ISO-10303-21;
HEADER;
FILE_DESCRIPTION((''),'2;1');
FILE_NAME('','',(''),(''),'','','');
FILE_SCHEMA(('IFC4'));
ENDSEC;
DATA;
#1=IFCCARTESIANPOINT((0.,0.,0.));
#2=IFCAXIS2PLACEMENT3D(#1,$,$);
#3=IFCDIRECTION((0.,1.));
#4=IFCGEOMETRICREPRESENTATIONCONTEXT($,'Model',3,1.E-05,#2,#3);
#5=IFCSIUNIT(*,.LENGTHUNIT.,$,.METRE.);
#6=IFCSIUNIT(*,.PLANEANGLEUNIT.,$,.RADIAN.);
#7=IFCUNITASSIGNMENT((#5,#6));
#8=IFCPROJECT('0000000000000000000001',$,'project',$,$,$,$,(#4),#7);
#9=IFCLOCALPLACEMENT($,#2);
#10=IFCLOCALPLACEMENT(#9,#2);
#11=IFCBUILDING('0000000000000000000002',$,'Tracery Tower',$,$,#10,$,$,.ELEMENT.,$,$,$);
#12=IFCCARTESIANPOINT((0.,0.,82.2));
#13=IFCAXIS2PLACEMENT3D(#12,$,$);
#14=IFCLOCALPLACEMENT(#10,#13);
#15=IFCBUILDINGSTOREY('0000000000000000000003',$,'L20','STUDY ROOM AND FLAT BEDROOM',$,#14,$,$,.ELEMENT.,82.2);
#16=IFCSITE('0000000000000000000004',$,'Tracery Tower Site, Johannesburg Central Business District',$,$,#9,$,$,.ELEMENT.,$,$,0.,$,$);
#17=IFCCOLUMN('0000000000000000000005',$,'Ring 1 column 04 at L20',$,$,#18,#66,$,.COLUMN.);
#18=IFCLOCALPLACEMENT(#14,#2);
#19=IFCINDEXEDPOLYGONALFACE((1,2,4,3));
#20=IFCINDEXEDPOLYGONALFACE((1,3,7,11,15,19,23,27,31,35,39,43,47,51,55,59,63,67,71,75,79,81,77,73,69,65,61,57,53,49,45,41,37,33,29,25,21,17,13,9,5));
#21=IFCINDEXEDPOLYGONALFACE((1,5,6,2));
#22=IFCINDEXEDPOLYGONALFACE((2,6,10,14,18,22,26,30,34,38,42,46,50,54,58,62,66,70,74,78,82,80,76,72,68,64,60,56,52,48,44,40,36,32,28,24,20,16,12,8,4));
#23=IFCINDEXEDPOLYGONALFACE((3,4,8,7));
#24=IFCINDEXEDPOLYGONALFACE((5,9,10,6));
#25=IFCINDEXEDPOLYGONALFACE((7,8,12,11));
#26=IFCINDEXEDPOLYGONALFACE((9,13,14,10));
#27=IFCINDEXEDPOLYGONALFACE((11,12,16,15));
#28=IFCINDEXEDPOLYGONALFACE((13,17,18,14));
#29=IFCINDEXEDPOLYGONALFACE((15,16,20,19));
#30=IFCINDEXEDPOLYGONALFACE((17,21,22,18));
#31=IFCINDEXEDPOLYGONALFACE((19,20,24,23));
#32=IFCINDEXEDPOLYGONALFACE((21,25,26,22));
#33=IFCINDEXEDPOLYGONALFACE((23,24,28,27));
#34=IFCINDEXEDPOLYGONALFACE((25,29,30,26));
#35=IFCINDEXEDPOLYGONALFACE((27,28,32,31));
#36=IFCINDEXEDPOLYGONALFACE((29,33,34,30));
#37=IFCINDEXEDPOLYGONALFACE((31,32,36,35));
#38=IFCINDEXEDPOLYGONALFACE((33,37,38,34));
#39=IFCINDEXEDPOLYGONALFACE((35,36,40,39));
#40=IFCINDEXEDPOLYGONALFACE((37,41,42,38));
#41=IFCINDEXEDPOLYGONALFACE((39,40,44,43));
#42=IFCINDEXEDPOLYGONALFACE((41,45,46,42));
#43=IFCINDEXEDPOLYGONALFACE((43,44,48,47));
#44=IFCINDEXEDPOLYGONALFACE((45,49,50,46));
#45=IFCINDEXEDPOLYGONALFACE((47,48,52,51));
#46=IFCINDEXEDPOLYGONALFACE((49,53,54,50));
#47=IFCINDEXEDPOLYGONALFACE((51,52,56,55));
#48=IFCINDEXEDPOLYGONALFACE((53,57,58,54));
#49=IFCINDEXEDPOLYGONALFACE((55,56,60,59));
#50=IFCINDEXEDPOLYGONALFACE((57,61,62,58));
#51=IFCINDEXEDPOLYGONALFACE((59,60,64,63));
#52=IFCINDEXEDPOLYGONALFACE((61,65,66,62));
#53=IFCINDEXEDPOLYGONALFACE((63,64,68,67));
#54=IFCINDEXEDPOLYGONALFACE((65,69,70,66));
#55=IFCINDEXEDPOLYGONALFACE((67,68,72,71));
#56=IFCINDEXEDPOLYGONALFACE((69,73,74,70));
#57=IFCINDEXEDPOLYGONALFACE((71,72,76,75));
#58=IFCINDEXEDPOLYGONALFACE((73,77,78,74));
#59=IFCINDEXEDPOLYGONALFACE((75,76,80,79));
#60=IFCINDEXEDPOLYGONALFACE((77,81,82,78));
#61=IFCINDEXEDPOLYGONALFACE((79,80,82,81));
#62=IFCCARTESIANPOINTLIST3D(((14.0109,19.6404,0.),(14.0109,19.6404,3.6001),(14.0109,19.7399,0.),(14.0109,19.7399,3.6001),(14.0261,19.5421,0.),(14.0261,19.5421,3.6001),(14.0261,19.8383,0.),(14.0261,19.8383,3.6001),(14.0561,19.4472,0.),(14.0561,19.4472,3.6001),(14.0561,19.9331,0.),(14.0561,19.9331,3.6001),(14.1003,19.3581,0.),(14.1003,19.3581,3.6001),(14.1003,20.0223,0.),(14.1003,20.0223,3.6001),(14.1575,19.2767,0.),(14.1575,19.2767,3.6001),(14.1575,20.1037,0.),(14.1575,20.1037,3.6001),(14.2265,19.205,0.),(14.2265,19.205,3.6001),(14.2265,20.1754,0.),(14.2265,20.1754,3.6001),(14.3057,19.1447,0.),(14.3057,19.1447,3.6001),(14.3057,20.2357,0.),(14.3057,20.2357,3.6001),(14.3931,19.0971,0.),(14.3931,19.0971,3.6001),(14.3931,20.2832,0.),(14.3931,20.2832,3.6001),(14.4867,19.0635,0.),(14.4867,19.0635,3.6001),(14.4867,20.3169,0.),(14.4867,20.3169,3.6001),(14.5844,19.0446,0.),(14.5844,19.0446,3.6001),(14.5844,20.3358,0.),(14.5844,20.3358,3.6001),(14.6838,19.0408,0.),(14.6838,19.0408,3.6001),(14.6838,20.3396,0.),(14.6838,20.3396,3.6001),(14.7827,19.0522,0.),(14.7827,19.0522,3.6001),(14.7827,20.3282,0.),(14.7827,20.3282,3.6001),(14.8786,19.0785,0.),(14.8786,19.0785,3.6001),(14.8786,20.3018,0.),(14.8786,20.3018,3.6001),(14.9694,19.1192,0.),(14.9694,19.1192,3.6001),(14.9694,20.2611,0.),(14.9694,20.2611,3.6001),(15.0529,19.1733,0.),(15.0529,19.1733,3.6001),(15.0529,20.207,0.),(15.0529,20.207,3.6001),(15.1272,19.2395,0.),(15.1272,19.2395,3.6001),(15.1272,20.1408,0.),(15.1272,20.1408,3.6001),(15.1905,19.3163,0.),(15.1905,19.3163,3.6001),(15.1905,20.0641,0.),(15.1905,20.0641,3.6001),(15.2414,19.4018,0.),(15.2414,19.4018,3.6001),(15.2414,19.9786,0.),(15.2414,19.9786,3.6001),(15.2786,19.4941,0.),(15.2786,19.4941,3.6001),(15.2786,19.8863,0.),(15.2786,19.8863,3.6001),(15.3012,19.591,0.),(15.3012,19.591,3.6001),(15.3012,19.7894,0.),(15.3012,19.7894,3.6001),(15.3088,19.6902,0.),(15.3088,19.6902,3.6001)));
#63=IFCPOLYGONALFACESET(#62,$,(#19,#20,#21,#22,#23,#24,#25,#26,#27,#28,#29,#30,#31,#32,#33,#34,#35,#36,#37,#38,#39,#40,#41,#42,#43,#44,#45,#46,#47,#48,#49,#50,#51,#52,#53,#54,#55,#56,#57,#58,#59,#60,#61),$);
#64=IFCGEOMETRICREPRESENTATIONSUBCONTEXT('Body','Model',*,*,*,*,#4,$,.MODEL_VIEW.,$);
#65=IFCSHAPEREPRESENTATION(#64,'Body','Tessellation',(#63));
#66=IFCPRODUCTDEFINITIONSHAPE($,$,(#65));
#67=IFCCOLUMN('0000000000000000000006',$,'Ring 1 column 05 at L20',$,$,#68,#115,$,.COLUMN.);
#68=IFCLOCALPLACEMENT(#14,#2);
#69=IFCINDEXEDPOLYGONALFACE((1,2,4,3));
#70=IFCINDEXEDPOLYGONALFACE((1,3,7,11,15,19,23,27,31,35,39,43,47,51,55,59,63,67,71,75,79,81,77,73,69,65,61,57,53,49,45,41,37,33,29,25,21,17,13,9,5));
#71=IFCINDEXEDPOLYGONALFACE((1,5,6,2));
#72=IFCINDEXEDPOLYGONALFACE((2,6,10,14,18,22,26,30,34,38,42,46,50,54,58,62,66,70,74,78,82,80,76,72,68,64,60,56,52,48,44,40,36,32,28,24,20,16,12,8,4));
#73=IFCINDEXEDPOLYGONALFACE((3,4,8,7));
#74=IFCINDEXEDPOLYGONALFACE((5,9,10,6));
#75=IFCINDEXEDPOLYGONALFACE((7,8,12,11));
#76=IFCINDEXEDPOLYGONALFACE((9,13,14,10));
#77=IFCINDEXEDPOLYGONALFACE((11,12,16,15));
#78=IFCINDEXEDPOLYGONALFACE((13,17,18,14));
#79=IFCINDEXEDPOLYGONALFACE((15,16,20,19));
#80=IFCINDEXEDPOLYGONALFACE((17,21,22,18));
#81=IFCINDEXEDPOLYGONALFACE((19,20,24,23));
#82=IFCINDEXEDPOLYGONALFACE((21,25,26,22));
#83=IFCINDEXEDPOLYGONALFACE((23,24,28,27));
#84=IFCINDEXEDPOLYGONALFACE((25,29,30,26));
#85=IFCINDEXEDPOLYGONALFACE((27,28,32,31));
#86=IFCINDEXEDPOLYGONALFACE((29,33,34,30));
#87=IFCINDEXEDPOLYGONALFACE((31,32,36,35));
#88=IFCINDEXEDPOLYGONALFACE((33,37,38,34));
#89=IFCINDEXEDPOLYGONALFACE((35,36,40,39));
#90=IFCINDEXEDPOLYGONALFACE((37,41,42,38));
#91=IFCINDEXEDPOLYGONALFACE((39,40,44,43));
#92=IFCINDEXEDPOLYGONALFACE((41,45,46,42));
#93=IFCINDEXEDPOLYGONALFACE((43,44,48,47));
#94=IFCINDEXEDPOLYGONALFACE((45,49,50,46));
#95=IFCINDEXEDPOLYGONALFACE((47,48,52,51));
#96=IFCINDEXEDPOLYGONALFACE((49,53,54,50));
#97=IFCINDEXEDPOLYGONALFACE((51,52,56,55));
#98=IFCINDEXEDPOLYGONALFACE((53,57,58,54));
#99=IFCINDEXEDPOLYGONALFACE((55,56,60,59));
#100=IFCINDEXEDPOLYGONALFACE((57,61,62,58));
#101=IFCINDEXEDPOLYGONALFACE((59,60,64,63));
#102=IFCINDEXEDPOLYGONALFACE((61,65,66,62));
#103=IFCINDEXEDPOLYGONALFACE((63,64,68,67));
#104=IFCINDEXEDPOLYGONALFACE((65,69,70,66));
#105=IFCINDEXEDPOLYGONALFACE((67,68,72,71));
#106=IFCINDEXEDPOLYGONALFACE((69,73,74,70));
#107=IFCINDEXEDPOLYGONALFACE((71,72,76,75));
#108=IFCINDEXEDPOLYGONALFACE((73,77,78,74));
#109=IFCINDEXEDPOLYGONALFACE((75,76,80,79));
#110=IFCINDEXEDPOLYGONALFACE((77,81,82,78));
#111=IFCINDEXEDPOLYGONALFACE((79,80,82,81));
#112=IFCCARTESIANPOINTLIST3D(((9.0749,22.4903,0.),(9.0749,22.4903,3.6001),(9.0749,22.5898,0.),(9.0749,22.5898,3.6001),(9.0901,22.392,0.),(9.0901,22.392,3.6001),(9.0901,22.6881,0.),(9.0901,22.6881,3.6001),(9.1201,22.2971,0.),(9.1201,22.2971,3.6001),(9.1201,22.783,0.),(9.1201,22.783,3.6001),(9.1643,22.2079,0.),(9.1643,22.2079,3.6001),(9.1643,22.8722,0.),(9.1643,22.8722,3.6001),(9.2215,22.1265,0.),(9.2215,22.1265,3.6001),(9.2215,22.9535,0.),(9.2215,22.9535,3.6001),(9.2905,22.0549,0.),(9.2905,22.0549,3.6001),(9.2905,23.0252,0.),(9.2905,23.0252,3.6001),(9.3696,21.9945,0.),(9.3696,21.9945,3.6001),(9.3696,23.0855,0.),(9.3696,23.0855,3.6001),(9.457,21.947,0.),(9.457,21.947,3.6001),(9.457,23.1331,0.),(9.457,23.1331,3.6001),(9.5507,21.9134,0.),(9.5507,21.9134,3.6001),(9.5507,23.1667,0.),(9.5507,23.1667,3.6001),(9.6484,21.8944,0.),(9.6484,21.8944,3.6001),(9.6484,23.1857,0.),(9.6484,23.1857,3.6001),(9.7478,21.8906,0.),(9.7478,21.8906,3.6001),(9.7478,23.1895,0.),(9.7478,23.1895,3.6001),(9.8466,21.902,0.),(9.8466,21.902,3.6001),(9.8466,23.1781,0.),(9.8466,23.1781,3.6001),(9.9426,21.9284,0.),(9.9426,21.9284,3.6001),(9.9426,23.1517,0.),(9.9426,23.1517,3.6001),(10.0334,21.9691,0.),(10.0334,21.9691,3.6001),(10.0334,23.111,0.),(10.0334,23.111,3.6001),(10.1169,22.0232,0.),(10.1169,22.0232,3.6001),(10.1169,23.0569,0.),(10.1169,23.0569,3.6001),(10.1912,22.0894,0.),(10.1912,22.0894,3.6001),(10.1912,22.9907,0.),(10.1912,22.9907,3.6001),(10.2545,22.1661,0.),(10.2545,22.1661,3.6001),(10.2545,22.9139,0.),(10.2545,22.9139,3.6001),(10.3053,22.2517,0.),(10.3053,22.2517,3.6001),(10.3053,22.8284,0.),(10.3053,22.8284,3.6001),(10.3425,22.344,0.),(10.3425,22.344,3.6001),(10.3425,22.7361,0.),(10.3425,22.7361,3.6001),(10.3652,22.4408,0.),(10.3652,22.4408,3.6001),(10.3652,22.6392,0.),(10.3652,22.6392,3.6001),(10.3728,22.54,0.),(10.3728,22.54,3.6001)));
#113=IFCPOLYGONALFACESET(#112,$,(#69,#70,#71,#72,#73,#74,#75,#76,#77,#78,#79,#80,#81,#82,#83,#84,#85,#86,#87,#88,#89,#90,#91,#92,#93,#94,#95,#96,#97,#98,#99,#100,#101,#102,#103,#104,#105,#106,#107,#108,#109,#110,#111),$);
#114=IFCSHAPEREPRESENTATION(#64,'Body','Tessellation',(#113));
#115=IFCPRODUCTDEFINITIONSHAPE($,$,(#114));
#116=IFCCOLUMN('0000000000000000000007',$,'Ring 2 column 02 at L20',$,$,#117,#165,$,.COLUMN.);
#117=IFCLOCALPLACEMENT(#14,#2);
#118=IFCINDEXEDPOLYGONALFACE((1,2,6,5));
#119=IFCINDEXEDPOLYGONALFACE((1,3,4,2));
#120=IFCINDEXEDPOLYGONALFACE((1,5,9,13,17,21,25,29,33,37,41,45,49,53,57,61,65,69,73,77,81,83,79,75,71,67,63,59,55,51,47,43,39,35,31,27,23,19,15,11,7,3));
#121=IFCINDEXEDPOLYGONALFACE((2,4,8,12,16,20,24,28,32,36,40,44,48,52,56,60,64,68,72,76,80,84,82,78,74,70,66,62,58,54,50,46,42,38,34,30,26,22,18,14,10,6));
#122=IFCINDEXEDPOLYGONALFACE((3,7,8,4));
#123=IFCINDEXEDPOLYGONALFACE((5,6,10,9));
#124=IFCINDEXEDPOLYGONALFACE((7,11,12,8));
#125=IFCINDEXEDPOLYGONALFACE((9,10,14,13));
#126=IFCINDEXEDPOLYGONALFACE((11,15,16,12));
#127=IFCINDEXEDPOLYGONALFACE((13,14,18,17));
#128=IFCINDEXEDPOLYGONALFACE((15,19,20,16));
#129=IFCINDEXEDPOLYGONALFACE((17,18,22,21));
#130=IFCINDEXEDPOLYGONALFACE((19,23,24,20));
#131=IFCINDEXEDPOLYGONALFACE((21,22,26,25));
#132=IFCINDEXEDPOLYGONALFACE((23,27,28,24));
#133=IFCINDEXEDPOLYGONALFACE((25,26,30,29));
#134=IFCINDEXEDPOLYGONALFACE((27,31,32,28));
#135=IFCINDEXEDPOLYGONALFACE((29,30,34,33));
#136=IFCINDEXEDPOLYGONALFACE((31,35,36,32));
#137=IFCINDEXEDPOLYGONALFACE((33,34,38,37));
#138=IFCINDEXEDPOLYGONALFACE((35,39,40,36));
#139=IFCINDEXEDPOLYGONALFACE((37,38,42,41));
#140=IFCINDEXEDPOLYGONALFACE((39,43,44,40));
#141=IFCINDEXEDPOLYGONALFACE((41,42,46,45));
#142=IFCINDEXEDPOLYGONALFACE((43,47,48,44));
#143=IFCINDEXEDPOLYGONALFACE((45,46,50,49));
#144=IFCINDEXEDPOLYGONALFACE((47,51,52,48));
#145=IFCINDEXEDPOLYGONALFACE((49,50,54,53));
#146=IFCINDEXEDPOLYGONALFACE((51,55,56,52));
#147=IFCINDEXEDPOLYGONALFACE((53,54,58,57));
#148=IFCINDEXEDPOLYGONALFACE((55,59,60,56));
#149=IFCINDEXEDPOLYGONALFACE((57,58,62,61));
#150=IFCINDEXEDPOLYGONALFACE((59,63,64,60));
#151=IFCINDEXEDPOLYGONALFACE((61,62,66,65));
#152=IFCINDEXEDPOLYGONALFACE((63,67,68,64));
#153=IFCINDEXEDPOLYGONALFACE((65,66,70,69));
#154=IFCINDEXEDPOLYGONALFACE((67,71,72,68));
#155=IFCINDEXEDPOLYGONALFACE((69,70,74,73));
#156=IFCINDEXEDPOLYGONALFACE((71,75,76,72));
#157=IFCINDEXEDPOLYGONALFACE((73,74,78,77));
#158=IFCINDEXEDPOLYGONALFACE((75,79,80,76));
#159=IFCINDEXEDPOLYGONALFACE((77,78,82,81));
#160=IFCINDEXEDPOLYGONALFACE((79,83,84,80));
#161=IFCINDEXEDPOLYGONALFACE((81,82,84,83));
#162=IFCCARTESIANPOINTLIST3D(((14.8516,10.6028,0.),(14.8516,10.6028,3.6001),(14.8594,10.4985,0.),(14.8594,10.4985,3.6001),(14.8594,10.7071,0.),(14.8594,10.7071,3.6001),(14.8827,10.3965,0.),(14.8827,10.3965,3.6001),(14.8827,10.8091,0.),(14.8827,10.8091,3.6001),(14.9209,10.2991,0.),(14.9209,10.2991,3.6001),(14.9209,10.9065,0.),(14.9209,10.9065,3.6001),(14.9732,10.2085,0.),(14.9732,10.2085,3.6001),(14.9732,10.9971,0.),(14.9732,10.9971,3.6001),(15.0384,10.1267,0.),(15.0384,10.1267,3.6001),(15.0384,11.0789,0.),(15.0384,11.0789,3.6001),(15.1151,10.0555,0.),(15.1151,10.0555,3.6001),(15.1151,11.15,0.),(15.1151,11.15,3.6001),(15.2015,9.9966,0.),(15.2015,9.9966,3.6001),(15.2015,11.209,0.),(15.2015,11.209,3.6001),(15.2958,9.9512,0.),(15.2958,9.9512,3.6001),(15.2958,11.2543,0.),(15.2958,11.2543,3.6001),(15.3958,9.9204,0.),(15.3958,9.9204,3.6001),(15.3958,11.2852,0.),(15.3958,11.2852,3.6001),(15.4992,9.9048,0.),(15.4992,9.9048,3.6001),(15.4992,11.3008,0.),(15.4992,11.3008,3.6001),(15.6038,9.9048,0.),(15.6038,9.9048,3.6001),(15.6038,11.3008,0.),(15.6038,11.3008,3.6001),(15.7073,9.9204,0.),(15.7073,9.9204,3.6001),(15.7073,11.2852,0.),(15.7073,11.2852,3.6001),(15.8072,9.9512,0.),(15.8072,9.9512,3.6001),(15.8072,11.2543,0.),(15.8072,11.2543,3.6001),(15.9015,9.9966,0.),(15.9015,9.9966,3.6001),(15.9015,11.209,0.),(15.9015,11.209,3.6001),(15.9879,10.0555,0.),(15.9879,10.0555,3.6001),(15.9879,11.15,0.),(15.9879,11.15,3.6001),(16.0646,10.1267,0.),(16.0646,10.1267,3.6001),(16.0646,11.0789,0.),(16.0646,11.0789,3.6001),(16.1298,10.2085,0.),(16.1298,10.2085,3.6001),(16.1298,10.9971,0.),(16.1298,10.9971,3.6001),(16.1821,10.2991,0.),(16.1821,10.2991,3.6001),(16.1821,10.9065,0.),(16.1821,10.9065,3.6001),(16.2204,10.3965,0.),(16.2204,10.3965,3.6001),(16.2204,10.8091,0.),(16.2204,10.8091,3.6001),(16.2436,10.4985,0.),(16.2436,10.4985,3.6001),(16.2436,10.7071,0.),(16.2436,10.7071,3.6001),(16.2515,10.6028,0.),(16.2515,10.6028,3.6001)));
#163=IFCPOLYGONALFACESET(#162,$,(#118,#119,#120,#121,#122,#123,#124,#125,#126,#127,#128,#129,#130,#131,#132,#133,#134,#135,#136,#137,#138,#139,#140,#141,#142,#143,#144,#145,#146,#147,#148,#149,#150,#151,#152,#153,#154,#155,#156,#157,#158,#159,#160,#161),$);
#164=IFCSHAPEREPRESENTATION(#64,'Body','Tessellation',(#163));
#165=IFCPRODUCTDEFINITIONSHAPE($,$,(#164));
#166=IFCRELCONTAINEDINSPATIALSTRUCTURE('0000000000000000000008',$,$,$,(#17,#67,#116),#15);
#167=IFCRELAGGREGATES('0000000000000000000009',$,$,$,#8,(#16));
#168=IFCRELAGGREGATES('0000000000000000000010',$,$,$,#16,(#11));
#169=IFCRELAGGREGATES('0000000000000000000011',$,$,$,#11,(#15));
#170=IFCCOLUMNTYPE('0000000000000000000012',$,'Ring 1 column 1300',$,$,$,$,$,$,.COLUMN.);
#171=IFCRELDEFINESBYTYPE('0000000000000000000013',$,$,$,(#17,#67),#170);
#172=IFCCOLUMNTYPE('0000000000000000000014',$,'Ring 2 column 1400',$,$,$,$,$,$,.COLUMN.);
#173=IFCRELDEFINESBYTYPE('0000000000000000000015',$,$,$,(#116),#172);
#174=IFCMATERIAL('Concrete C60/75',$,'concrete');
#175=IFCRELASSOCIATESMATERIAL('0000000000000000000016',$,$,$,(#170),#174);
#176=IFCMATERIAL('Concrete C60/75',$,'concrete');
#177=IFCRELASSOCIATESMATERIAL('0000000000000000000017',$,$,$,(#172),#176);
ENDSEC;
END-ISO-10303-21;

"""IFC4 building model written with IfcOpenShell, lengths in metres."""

from ifc_helpers import new_model, si_unit, direction, frame, origin, origin_2d, place, context, subcontext, project, spatial, circle, extrude, material, material_profile, profile_set, type_object, element, save


model = new_model("IFC4")

# Units and contexts
model_context = context("Model", 3, precision=1e-05, world=origin(), true_north=direction((0.0, 1.0)))
body_context = subcontext(model_context, "Body", "Model", "MODEL_VIEW")
ifc_project = project(units=[si_unit("LENGTHUNIT", "METRE"), si_unit("PLANEANGLEUNIT", "RADIAN")], contexts=[model_context])

# Site, building, storey
site_placement = place(None, origin())
site = spatial("IfcSite", under=ifc_project, at=site_placement, Name="Tracery Tower Site, Johannesburg Central Business District", CompositionType="ELEMENT", RefElevation=0.0)
building_placement = place(site_placement, origin())
building = spatial("IfcBuilding", under=site, at=building_placement, Name="Tracery Tower", CompositionType="ELEMENT")
storey_placement = place(building_placement, frame((0.0, 0.0, 82.2)))
storey = spatial("IfcBuildingStorey", under=building, at=storey_placement, Name="L20", Description="STUDY ROOM AND FLAT BEDROOM", CompositionType="ELEMENT", Elevation=82.2)

# Columns
ifc_material_1 = material(Name="Concrete C60/75", Category="concrete")
ifc_material_profile_1 = material_profile(ifc_material_1, circle(Radius=0.6499, at=origin_2d()), Name="RC D1300")
ifc_profile_set_1 = profile_set([ifc_material_profile_1], Name="Concrete C60/75")
column_type_1 = type_object("IfcColumnType", Name="Ring 1 column 1300", PredefinedType="COLUMN", material=ifc_profile_set_1)
for number, where, z_axis, x_axis, name in (
    (1, (14.6589, 19.6902, 0.0), (0.0, 0.0, 1.0), (1.0, 0.0, 0.0), "Ring 1 column 04 at L20"),
    (2, (9.7229, 22.54, 0.0), (0.0, 0.0, 1.0), (1.0, 0.0, 0.0), "Ring 1 column 05 at L20"),
):
    element("IfcColumn", number, at=place(storey_placement, frame(where, z_axis=z_axis, x_axis=x_axis)), inside=storey, type_object=column_type_1, Name=name, PredefinedType="COLUMN", context=body_context, shape_type="SweptSolid", body=[
        extrude(circle(Radius=0.6499, at=origin_2d()), origin(), (0.0, 0.0, 1.0), 3.6001),
    ])
ifc_material_2 = material(Name="Concrete C60/75", Category="concrete")
ifc_material_profile_2 = material_profile(ifc_material_2, circle(Radius=0.7, at=origin_2d()), Name="RC D1400")
ifc_profile_set_2 = profile_set([ifc_material_profile_2], Name="Concrete C60/75")
column_type_2 = type_object("IfcColumnType", Name="Ring 2 column 1400", PredefinedType="COLUMN", material=ifc_profile_set_2)
for number, where, z_axis, x_axis, name in (
    (3, (15.5515, 10.6028, 0.0), (0.0, 0.0, 1.0), (1.0, 0.0, 0.0), "Ring 2 column 02 at L20"),
):
    element("IfcColumn", number, at=place(storey_placement, frame(where, z_axis=z_axis, x_axis=x_axis)), inside=storey, type_object=column_type_2, Name=name, PredefinedType="COLUMN", context=body_context, shape_type="SweptSolid", body=[
        extrude(circle(Radius=0.7, at=origin_2d()), origin(), (0.0, 0.0, 1.0), 3.6001),
    ])

save(model, "model.ifc")
